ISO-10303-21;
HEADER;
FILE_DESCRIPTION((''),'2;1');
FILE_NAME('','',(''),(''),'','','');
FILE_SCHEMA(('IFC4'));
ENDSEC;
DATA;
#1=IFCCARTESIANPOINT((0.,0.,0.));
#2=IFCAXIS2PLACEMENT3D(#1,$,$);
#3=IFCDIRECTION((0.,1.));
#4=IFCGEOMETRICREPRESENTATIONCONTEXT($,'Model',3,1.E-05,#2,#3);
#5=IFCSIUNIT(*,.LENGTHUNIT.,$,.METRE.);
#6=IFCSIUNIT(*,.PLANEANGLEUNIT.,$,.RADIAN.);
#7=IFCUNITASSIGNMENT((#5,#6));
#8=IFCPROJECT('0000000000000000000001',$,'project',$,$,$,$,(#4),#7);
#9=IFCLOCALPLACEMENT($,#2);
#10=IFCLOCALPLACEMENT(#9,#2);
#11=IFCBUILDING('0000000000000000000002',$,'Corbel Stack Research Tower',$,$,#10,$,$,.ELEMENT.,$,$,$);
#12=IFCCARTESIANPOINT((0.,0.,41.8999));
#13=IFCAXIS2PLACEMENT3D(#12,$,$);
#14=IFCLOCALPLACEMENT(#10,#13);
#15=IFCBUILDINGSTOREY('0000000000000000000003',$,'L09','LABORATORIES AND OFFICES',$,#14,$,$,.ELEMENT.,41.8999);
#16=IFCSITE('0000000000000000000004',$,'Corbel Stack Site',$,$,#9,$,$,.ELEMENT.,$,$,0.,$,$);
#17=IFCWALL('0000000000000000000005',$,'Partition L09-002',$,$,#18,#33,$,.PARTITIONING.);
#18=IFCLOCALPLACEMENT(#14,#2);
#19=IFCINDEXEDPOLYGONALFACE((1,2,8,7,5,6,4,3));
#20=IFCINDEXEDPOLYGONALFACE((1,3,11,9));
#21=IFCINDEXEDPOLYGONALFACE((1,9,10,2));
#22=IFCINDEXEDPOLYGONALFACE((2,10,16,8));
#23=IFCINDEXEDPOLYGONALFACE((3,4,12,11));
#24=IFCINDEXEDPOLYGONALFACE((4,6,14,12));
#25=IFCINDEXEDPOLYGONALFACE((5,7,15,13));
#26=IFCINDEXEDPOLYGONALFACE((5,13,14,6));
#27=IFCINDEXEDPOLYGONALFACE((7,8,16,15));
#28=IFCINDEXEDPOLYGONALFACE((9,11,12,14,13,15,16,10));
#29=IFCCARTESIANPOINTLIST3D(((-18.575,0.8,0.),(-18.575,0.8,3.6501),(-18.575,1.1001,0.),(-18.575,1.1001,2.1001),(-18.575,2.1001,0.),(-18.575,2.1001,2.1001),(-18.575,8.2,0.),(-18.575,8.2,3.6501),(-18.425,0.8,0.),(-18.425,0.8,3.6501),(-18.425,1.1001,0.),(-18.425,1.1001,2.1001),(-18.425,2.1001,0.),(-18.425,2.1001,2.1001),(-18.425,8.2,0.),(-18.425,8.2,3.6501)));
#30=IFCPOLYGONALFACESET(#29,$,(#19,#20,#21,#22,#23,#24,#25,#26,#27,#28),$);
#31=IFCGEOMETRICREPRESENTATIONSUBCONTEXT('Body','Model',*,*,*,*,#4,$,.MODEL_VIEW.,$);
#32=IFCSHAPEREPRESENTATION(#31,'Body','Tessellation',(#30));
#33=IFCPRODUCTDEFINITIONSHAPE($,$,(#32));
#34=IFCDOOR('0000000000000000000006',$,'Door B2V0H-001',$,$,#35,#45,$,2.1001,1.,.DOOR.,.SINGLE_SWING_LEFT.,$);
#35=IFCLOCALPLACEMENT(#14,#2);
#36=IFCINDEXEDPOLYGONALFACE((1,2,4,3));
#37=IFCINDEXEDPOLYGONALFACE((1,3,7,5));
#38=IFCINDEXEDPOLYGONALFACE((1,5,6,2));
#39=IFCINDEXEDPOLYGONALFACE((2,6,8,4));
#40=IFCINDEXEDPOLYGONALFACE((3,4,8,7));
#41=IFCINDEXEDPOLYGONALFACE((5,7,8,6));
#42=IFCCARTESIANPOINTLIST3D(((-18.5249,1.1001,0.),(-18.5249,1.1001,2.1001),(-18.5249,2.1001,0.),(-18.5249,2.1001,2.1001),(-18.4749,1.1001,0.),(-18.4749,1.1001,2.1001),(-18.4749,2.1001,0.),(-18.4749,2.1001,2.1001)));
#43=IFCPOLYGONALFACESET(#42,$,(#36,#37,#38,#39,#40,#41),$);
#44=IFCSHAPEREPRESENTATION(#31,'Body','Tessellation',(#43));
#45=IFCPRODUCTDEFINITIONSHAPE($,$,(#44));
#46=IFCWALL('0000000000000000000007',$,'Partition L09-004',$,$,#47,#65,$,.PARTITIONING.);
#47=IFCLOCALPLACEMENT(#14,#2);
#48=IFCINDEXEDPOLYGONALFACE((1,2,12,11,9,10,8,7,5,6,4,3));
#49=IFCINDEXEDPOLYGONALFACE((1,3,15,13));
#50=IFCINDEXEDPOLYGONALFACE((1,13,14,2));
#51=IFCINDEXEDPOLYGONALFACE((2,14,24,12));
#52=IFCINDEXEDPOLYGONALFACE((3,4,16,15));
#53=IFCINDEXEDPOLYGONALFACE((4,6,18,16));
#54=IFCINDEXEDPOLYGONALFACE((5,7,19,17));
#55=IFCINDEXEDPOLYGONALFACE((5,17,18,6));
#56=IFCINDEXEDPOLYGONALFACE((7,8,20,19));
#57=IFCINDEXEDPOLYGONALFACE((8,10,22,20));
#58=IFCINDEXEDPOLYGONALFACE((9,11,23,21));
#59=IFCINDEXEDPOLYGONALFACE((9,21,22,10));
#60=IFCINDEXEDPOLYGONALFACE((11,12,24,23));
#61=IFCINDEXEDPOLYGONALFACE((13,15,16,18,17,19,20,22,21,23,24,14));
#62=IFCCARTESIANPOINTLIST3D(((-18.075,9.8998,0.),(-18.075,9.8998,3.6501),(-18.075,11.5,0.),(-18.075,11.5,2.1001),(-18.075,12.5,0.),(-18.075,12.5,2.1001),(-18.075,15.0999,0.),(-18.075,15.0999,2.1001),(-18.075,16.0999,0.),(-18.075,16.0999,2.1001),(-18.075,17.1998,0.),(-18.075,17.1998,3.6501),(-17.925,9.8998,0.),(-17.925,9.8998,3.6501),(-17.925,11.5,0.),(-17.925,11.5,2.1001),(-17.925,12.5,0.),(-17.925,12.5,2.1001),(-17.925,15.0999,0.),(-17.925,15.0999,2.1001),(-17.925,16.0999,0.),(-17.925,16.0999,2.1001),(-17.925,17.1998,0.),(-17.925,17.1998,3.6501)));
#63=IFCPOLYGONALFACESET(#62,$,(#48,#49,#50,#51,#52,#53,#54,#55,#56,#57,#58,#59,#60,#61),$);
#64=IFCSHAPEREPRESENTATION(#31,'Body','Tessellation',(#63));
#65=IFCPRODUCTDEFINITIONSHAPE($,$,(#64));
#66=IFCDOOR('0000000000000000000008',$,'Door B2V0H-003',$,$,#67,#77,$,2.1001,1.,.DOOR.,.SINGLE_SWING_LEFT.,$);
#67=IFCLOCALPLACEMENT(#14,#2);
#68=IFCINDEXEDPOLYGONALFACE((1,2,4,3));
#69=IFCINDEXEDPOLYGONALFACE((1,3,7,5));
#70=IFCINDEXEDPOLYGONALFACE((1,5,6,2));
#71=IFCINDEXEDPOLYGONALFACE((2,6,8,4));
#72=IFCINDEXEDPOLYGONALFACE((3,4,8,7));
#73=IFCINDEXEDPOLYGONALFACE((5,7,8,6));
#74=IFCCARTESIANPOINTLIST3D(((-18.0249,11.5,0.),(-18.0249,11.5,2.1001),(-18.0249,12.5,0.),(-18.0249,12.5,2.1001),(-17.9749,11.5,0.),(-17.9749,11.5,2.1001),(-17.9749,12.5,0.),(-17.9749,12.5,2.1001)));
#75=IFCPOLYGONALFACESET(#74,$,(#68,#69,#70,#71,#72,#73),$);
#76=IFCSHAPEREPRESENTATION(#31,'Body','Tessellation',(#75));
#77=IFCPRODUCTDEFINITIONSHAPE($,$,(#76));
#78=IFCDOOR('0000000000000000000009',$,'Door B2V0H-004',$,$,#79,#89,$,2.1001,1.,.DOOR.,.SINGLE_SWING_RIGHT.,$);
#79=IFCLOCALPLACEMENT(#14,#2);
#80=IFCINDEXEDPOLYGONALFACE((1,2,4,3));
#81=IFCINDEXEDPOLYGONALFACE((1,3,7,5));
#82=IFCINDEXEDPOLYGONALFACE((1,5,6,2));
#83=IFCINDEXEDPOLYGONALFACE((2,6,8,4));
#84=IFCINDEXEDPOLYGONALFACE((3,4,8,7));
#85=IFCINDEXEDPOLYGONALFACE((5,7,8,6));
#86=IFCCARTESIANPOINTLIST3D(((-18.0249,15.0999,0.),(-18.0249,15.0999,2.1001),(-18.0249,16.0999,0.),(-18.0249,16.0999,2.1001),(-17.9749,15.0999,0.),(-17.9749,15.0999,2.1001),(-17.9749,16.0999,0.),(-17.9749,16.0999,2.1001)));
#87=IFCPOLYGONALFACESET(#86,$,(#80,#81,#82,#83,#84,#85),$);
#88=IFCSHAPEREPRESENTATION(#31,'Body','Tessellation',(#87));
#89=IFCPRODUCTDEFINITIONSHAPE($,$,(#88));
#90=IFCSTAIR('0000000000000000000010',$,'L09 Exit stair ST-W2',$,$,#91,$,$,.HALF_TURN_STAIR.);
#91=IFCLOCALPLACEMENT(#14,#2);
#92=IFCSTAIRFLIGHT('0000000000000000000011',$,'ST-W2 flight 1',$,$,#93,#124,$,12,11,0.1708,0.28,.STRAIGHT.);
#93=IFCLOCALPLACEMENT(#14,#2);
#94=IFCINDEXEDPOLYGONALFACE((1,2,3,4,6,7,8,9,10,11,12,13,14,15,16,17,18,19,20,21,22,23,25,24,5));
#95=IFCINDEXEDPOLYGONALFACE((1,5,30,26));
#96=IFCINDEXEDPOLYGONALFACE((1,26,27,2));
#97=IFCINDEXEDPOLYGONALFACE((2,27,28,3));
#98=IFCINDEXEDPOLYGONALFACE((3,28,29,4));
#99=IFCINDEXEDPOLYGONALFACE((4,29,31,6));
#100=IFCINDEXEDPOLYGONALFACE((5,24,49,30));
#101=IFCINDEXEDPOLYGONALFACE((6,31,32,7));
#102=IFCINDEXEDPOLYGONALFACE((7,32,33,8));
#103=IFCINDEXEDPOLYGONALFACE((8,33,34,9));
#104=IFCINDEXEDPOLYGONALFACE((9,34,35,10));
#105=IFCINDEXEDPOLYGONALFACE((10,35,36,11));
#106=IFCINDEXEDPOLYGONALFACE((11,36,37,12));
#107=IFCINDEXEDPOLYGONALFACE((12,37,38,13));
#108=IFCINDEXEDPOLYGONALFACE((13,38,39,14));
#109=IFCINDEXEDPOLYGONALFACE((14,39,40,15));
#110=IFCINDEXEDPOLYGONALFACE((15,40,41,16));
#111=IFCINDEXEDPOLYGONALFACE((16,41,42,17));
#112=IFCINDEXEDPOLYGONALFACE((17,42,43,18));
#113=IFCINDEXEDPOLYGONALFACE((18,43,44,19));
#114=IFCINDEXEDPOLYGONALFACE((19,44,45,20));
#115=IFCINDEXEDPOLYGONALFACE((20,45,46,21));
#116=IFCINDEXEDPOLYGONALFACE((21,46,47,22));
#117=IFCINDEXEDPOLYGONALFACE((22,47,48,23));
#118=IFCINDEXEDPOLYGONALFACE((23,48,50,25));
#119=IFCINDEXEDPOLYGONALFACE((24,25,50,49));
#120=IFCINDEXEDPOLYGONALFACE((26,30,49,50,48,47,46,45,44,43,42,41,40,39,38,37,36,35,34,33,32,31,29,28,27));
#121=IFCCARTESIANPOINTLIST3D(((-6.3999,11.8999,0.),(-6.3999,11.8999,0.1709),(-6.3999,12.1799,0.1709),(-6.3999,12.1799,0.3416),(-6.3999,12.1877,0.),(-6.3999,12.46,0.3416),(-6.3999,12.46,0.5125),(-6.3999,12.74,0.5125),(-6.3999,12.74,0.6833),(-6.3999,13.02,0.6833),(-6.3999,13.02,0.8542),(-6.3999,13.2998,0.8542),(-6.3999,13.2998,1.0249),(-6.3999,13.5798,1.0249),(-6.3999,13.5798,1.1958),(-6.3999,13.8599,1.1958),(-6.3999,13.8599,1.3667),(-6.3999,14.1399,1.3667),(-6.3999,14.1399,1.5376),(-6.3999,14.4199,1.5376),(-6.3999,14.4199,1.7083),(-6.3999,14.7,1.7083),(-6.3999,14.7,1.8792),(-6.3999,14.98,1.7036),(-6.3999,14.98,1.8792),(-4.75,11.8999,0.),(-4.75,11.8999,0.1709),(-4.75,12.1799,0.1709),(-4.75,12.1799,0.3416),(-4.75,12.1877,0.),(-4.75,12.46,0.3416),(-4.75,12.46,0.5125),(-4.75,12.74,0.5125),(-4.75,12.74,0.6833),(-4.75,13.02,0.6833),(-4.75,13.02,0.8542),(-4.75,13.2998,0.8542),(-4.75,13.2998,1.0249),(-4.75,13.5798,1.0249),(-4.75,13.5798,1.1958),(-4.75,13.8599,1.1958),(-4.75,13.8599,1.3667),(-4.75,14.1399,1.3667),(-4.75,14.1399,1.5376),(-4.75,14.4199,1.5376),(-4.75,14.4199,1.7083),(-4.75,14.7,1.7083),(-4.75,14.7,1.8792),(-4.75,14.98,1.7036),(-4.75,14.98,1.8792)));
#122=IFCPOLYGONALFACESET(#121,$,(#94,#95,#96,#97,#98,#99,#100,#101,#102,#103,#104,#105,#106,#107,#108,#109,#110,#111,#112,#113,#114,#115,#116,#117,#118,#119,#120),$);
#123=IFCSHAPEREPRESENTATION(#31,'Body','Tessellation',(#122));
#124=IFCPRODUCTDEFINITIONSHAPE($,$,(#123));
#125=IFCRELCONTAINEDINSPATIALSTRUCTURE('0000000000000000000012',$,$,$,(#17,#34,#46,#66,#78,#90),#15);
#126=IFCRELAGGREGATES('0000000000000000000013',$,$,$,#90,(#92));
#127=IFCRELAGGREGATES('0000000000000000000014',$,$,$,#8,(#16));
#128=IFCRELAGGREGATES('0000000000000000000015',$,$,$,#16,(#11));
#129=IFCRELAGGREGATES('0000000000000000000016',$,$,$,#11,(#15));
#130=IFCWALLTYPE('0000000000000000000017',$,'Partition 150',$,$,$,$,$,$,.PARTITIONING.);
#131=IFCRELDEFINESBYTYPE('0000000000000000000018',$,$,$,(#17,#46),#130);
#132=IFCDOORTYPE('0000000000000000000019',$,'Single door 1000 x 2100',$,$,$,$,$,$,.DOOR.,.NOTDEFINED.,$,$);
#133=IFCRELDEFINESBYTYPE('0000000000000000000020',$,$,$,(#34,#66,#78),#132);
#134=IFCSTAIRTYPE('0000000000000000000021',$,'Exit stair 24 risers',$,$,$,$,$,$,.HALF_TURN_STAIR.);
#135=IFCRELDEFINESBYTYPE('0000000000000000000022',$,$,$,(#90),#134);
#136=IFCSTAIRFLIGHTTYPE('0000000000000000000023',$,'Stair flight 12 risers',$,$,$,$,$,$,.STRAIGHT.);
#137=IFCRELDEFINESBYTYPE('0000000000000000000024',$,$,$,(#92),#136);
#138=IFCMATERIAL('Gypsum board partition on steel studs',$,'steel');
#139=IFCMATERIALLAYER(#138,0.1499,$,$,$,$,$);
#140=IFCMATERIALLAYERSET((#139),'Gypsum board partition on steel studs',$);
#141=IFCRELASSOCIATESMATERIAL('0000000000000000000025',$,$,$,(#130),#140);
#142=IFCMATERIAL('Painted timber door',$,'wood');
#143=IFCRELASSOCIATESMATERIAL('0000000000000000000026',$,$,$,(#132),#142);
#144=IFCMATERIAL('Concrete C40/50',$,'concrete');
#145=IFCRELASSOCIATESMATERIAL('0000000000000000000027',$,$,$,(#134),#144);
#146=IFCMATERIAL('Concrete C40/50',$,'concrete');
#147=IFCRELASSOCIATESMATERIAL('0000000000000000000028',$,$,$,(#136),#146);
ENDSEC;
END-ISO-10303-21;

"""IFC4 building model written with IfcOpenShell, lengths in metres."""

from ifc_helpers import new_model, si_unit, direction, frame, frame_2d, origin, place, context, subcontext, project, spatial, polyline, rectangle, outline, extrude, material, layer, layer_set, type_object, element, fill, aggregate, save


model = new_model("IFC4")

# Units and contexts
model_context = context("Model", 3, precision=1e-05, world=origin(), true_north=direction((0.0, 1.0)))
body_context = subcontext(model_context, "Body", "Model", "MODEL_VIEW")
ifc_project = project(units=[si_unit("LENGTHUNIT", "METRE"), si_unit("PLANEANGLEUNIT", "RADIAN")], contexts=[model_context])

# Site, building, storey
site_placement = place(None, origin())
site = spatial("IfcSite", under=ifc_project, at=site_placement, Name="Corbel Stack Site", CompositionType="ELEMENT", RefElevation=0.0)
building_placement = place(site_placement, origin())
building = spatial("IfcBuilding", under=site, at=building_placement, Name="Corbel Stack Research Tower", CompositionType="ELEMENT")
storey_placement = place(building_placement, frame((0.0, 0.0, 41.8999)))
storey = spatial("IfcBuildingStorey", under=building, at=storey_placement, Name="L09", Description="LABORATORIES AND OFFICES", CompositionType="ELEMENT", Elevation=41.8999)

# Wall, opening, door
ifc_material_1 = material(Name="Gypsum board partition on steel studs", Category="steel")
ifc_layer_1 = layer(ifc_material_1, 0.1499)
ifc_layer_set_1 = layer_set([ifc_layer_1], Name="Gypsum board partition on steel studs")
wall_type_1 = type_object("IfcWallType", Name="Partition 150", PredefinedType="PARTITIONING", material=ifc_layer_set_1)
wall_1_placement = place(storey_placement, frame((-18.5, 0.8, 0.0), z_axis=(0.0, 0.0, 1.0), x_axis=(0.0, 1.0, 0.0)))
wall_1 = element("IfcWall", 1, at=wall_1_placement, inside=storey, type_object=wall_type_1, Name="Partition L09-002", PredefinedType="PARTITIONING", context=body_context, shape_type="SweptSolid", body=[
    extrude(rectangle(XDim=7.3999, YDim=0.1499, at=frame_2d((3.7, 0.0))), origin(), (0.0, 0.0, 1.0), 3.6501),
])
opening_1_placement = place(wall_1_placement, frame((0.3, 0.0, 0.0)))
opening_1 = element("IfcOpeningElement", 2, at=opening_1_placement, cuts=wall_1, PredefinedType="OPENING", context=body_context, shape_type="SweptSolid", body=[
    extrude(rectangle(XDim=1.0, YDim=2.1001, at=frame_2d((0.5, 1.05))), frame((0.0, 0.085, 0.0), z_axis=(0.0, -1.0, 0.0), x_axis=(1.0, 0.0, 0.0)), (0.0, 0.0, 1.0), 0.1699),
])
ifc_material_2 = material(Name="Painted timber door", Category="wood")
door_type_1 = type_object("IfcDoorType", Name="Single door 1000 x 2100", OperationType="NOTDEFINED", PredefinedType="DOOR", material=ifc_material_2)
door_1_placement = place(opening_1_placement, origin())
door_1 = element("IfcDoor", 3, at=door_1_placement, inside=storey, type_object=door_type_1, Name="Door B2V0H-001", OperationType="SINGLE_SWING_LEFT", OverallHeight=2.1001, OverallWidth=1.0, PredefinedType="DOOR", context=body_context, shape_type="SweptSolid", body=[
    extrude(rectangle(XDim=1.0, YDim=2.1001, at=frame_2d((0.5, 1.05))), frame((0.0, 0.0249, 0.0), z_axis=(0.0, -1.0, 0.0), x_axis=(1.0, 0.0, 0.0)), (0.0, 0.0, 1.0), 0.05),
])
fill(opening_1, door_1)

# Wall, openings, doors
wall_2_placement = place(storey_placement, frame((-18.0, 9.8999, 0.0), z_axis=(0.0, 0.0, 1.0), x_axis=(0.0, 1.0, 0.0)))
wall_2 = element("IfcWall", 4, at=wall_2_placement, inside=storey, type_object=wall_type_1, Name="Partition L09-004", PredefinedType="PARTITIONING", context=body_context, shape_type="SweptSolid", body=[
    extrude(rectangle(XDim=7.3, YDim=0.1499, at=frame_2d((3.6499, 0.0))), origin(), (0.0, 0.0, 1.0), 3.6501),
])
opening_2_placement = place(wall_2_placement, frame((1.6001, 0.0, 0.0)))
opening_2 = element("IfcOpeningElement", 5, at=opening_2_placement, cuts=wall_2, PredefinedType="OPENING", context=body_context, shape_type="SweptSolid", body=[
    extrude(rectangle(XDim=1.0, YDim=2.1001, at=frame_2d((0.5, 1.05))), frame((0.0, 0.085, 0.0), z_axis=(0.0, -1.0, 0.0), x_axis=(1.0, 0.0, 0.0)), (0.0, 0.0, 1.0), 0.1699),
])
opening_3_placement = place(wall_2_placement, frame((5.2, 0.0, 0.0)))
opening_3 = element("IfcOpeningElement", 6, at=opening_3_placement, cuts=wall_2, PredefinedType="OPENING", context=body_context, shape_type="SweptSolid", body=[
    extrude(rectangle(XDim=1.0, YDim=2.1001, at=frame_2d((0.5, 1.05))), frame((0.0, 0.085, 0.0), z_axis=(0.0, -1.0, 0.0), x_axis=(1.0, 0.0, 0.0)), (0.0, 0.0, 1.0), 0.1699),
])
door_2_placement = place(opening_2_placement, origin())
door_2 = element("IfcDoor", 7, at=door_2_placement, inside=storey, type_object=door_type_1, Name="Door B2V0H-003", OperationType="SINGLE_SWING_LEFT", OverallHeight=2.1001, OverallWidth=1.0, PredefinedType="DOOR", context=body_context, shape_type="SweptSolid", body=[
    extrude(rectangle(XDim=1.0, YDim=2.1001, at=frame_2d((0.5, 1.05))), frame((0.0, 0.0249, 0.0), z_axis=(0.0, -1.0, 0.0), x_axis=(1.0, 0.0, 0.0)), (0.0, 0.0, 1.0), 0.05),
])
fill(opening_2, door_2)
door_3_placement = place(opening_3_placement, origin())
door_3 = element("IfcDoor", 8, at=door_3_placement, inside=storey, type_object=door_type_1, Name="Door B2V0H-004", OperationType="SINGLE_SWING_RIGHT", OverallHeight=2.1001, OverallWidth=1.0, PredefinedType="DOOR", context=body_context, shape_type="SweptSolid", body=[
    extrude(rectangle(XDim=1.0, YDim=2.1001, at=frame_2d((0.5, 1.05))), frame((0.0, 0.0249, 0.0), z_axis=(0.0, -1.0, 0.0), x_axis=(1.0, 0.0, 0.0)), (0.0, 0.0, 1.0), 0.05),
])
fill(opening_3, door_3)

# Stair, stair flight
ifc_material_3 = material(Name="Concrete C40/50", Category="concrete")
stair_type = type_object("IfcStairType", Name="Exit stair 24 risers", PredefinedType="HALF_TURN_STAIR", material=ifc_material_3)
stair_placement = place(storey_placement, origin())
stair = element("IfcStair", 9, at=stair_placement, inside=storey, type_object=stair_type, Name="L09 Exit stair ST-W2", PredefinedType="HALF_TURN_STAIR")
ifc_material_4 = material(Name="Concrete C40/50", Category="concrete")
stair_flight_type = type_object("IfcStairFlightType", Name="Stair flight 12 risers", PredefinedType="STRAIGHT", material=ifc_material_4)
stair_flight_placement = place(storey_placement, frame((-5.575, 11.8999, 0.0), z_axis=(0.0, 0.0, 1.0), x_axis=(0.0, 1.0, 0.0)))
stair_flight = element("IfcStairFlight", 10, at=stair_flight_placement, type_object=stair_flight_type, Name="ST-W2 flight 1", NumberOfRisers=12, NumberOfTreads=11, PredefinedType="STRAIGHT", RiserHeight=0.1708, TreadLength=0.28, context=body_context, shape_type="SweptSolid", body=[
    extrude(outline(polyline([(0.0, 0.0), (0.0, 0.1709), (0.28, 0.1709), (0.28, 0.3416), (0.5601, 0.3416), (0.5601, 0.5125), (0.8401, 0.5125), (0.8401, 0.6833), (1.1201, 0.6833), (1.1201, 0.8542), (1.3999, 0.8542), (1.3999, 1.0249), (1.6799, 1.0249), (1.6799, 1.1958), (1.96, 1.1958), (1.96, 1.3667), (2.24, 1.3667), (2.24, 1.5376), (2.52, 1.5376), (2.52, 1.7083), (2.8, 1.7083), (2.8, 1.8792), (3.0801, 1.8792), (3.0801, 2.05), (3.0801, 1.7036), (0.2878, 0.0), (0.0, 0.0)])), frame((0.0, 0.825, 0.0), z_axis=(0.0, -1.0, 0.0), x_axis=(1.0, 0.0, 0.0)), (0.0, 0.0, 1.0), 1.6499),
])
aggregate(stair, [stair_flight])

save(model, "model.ifc")
